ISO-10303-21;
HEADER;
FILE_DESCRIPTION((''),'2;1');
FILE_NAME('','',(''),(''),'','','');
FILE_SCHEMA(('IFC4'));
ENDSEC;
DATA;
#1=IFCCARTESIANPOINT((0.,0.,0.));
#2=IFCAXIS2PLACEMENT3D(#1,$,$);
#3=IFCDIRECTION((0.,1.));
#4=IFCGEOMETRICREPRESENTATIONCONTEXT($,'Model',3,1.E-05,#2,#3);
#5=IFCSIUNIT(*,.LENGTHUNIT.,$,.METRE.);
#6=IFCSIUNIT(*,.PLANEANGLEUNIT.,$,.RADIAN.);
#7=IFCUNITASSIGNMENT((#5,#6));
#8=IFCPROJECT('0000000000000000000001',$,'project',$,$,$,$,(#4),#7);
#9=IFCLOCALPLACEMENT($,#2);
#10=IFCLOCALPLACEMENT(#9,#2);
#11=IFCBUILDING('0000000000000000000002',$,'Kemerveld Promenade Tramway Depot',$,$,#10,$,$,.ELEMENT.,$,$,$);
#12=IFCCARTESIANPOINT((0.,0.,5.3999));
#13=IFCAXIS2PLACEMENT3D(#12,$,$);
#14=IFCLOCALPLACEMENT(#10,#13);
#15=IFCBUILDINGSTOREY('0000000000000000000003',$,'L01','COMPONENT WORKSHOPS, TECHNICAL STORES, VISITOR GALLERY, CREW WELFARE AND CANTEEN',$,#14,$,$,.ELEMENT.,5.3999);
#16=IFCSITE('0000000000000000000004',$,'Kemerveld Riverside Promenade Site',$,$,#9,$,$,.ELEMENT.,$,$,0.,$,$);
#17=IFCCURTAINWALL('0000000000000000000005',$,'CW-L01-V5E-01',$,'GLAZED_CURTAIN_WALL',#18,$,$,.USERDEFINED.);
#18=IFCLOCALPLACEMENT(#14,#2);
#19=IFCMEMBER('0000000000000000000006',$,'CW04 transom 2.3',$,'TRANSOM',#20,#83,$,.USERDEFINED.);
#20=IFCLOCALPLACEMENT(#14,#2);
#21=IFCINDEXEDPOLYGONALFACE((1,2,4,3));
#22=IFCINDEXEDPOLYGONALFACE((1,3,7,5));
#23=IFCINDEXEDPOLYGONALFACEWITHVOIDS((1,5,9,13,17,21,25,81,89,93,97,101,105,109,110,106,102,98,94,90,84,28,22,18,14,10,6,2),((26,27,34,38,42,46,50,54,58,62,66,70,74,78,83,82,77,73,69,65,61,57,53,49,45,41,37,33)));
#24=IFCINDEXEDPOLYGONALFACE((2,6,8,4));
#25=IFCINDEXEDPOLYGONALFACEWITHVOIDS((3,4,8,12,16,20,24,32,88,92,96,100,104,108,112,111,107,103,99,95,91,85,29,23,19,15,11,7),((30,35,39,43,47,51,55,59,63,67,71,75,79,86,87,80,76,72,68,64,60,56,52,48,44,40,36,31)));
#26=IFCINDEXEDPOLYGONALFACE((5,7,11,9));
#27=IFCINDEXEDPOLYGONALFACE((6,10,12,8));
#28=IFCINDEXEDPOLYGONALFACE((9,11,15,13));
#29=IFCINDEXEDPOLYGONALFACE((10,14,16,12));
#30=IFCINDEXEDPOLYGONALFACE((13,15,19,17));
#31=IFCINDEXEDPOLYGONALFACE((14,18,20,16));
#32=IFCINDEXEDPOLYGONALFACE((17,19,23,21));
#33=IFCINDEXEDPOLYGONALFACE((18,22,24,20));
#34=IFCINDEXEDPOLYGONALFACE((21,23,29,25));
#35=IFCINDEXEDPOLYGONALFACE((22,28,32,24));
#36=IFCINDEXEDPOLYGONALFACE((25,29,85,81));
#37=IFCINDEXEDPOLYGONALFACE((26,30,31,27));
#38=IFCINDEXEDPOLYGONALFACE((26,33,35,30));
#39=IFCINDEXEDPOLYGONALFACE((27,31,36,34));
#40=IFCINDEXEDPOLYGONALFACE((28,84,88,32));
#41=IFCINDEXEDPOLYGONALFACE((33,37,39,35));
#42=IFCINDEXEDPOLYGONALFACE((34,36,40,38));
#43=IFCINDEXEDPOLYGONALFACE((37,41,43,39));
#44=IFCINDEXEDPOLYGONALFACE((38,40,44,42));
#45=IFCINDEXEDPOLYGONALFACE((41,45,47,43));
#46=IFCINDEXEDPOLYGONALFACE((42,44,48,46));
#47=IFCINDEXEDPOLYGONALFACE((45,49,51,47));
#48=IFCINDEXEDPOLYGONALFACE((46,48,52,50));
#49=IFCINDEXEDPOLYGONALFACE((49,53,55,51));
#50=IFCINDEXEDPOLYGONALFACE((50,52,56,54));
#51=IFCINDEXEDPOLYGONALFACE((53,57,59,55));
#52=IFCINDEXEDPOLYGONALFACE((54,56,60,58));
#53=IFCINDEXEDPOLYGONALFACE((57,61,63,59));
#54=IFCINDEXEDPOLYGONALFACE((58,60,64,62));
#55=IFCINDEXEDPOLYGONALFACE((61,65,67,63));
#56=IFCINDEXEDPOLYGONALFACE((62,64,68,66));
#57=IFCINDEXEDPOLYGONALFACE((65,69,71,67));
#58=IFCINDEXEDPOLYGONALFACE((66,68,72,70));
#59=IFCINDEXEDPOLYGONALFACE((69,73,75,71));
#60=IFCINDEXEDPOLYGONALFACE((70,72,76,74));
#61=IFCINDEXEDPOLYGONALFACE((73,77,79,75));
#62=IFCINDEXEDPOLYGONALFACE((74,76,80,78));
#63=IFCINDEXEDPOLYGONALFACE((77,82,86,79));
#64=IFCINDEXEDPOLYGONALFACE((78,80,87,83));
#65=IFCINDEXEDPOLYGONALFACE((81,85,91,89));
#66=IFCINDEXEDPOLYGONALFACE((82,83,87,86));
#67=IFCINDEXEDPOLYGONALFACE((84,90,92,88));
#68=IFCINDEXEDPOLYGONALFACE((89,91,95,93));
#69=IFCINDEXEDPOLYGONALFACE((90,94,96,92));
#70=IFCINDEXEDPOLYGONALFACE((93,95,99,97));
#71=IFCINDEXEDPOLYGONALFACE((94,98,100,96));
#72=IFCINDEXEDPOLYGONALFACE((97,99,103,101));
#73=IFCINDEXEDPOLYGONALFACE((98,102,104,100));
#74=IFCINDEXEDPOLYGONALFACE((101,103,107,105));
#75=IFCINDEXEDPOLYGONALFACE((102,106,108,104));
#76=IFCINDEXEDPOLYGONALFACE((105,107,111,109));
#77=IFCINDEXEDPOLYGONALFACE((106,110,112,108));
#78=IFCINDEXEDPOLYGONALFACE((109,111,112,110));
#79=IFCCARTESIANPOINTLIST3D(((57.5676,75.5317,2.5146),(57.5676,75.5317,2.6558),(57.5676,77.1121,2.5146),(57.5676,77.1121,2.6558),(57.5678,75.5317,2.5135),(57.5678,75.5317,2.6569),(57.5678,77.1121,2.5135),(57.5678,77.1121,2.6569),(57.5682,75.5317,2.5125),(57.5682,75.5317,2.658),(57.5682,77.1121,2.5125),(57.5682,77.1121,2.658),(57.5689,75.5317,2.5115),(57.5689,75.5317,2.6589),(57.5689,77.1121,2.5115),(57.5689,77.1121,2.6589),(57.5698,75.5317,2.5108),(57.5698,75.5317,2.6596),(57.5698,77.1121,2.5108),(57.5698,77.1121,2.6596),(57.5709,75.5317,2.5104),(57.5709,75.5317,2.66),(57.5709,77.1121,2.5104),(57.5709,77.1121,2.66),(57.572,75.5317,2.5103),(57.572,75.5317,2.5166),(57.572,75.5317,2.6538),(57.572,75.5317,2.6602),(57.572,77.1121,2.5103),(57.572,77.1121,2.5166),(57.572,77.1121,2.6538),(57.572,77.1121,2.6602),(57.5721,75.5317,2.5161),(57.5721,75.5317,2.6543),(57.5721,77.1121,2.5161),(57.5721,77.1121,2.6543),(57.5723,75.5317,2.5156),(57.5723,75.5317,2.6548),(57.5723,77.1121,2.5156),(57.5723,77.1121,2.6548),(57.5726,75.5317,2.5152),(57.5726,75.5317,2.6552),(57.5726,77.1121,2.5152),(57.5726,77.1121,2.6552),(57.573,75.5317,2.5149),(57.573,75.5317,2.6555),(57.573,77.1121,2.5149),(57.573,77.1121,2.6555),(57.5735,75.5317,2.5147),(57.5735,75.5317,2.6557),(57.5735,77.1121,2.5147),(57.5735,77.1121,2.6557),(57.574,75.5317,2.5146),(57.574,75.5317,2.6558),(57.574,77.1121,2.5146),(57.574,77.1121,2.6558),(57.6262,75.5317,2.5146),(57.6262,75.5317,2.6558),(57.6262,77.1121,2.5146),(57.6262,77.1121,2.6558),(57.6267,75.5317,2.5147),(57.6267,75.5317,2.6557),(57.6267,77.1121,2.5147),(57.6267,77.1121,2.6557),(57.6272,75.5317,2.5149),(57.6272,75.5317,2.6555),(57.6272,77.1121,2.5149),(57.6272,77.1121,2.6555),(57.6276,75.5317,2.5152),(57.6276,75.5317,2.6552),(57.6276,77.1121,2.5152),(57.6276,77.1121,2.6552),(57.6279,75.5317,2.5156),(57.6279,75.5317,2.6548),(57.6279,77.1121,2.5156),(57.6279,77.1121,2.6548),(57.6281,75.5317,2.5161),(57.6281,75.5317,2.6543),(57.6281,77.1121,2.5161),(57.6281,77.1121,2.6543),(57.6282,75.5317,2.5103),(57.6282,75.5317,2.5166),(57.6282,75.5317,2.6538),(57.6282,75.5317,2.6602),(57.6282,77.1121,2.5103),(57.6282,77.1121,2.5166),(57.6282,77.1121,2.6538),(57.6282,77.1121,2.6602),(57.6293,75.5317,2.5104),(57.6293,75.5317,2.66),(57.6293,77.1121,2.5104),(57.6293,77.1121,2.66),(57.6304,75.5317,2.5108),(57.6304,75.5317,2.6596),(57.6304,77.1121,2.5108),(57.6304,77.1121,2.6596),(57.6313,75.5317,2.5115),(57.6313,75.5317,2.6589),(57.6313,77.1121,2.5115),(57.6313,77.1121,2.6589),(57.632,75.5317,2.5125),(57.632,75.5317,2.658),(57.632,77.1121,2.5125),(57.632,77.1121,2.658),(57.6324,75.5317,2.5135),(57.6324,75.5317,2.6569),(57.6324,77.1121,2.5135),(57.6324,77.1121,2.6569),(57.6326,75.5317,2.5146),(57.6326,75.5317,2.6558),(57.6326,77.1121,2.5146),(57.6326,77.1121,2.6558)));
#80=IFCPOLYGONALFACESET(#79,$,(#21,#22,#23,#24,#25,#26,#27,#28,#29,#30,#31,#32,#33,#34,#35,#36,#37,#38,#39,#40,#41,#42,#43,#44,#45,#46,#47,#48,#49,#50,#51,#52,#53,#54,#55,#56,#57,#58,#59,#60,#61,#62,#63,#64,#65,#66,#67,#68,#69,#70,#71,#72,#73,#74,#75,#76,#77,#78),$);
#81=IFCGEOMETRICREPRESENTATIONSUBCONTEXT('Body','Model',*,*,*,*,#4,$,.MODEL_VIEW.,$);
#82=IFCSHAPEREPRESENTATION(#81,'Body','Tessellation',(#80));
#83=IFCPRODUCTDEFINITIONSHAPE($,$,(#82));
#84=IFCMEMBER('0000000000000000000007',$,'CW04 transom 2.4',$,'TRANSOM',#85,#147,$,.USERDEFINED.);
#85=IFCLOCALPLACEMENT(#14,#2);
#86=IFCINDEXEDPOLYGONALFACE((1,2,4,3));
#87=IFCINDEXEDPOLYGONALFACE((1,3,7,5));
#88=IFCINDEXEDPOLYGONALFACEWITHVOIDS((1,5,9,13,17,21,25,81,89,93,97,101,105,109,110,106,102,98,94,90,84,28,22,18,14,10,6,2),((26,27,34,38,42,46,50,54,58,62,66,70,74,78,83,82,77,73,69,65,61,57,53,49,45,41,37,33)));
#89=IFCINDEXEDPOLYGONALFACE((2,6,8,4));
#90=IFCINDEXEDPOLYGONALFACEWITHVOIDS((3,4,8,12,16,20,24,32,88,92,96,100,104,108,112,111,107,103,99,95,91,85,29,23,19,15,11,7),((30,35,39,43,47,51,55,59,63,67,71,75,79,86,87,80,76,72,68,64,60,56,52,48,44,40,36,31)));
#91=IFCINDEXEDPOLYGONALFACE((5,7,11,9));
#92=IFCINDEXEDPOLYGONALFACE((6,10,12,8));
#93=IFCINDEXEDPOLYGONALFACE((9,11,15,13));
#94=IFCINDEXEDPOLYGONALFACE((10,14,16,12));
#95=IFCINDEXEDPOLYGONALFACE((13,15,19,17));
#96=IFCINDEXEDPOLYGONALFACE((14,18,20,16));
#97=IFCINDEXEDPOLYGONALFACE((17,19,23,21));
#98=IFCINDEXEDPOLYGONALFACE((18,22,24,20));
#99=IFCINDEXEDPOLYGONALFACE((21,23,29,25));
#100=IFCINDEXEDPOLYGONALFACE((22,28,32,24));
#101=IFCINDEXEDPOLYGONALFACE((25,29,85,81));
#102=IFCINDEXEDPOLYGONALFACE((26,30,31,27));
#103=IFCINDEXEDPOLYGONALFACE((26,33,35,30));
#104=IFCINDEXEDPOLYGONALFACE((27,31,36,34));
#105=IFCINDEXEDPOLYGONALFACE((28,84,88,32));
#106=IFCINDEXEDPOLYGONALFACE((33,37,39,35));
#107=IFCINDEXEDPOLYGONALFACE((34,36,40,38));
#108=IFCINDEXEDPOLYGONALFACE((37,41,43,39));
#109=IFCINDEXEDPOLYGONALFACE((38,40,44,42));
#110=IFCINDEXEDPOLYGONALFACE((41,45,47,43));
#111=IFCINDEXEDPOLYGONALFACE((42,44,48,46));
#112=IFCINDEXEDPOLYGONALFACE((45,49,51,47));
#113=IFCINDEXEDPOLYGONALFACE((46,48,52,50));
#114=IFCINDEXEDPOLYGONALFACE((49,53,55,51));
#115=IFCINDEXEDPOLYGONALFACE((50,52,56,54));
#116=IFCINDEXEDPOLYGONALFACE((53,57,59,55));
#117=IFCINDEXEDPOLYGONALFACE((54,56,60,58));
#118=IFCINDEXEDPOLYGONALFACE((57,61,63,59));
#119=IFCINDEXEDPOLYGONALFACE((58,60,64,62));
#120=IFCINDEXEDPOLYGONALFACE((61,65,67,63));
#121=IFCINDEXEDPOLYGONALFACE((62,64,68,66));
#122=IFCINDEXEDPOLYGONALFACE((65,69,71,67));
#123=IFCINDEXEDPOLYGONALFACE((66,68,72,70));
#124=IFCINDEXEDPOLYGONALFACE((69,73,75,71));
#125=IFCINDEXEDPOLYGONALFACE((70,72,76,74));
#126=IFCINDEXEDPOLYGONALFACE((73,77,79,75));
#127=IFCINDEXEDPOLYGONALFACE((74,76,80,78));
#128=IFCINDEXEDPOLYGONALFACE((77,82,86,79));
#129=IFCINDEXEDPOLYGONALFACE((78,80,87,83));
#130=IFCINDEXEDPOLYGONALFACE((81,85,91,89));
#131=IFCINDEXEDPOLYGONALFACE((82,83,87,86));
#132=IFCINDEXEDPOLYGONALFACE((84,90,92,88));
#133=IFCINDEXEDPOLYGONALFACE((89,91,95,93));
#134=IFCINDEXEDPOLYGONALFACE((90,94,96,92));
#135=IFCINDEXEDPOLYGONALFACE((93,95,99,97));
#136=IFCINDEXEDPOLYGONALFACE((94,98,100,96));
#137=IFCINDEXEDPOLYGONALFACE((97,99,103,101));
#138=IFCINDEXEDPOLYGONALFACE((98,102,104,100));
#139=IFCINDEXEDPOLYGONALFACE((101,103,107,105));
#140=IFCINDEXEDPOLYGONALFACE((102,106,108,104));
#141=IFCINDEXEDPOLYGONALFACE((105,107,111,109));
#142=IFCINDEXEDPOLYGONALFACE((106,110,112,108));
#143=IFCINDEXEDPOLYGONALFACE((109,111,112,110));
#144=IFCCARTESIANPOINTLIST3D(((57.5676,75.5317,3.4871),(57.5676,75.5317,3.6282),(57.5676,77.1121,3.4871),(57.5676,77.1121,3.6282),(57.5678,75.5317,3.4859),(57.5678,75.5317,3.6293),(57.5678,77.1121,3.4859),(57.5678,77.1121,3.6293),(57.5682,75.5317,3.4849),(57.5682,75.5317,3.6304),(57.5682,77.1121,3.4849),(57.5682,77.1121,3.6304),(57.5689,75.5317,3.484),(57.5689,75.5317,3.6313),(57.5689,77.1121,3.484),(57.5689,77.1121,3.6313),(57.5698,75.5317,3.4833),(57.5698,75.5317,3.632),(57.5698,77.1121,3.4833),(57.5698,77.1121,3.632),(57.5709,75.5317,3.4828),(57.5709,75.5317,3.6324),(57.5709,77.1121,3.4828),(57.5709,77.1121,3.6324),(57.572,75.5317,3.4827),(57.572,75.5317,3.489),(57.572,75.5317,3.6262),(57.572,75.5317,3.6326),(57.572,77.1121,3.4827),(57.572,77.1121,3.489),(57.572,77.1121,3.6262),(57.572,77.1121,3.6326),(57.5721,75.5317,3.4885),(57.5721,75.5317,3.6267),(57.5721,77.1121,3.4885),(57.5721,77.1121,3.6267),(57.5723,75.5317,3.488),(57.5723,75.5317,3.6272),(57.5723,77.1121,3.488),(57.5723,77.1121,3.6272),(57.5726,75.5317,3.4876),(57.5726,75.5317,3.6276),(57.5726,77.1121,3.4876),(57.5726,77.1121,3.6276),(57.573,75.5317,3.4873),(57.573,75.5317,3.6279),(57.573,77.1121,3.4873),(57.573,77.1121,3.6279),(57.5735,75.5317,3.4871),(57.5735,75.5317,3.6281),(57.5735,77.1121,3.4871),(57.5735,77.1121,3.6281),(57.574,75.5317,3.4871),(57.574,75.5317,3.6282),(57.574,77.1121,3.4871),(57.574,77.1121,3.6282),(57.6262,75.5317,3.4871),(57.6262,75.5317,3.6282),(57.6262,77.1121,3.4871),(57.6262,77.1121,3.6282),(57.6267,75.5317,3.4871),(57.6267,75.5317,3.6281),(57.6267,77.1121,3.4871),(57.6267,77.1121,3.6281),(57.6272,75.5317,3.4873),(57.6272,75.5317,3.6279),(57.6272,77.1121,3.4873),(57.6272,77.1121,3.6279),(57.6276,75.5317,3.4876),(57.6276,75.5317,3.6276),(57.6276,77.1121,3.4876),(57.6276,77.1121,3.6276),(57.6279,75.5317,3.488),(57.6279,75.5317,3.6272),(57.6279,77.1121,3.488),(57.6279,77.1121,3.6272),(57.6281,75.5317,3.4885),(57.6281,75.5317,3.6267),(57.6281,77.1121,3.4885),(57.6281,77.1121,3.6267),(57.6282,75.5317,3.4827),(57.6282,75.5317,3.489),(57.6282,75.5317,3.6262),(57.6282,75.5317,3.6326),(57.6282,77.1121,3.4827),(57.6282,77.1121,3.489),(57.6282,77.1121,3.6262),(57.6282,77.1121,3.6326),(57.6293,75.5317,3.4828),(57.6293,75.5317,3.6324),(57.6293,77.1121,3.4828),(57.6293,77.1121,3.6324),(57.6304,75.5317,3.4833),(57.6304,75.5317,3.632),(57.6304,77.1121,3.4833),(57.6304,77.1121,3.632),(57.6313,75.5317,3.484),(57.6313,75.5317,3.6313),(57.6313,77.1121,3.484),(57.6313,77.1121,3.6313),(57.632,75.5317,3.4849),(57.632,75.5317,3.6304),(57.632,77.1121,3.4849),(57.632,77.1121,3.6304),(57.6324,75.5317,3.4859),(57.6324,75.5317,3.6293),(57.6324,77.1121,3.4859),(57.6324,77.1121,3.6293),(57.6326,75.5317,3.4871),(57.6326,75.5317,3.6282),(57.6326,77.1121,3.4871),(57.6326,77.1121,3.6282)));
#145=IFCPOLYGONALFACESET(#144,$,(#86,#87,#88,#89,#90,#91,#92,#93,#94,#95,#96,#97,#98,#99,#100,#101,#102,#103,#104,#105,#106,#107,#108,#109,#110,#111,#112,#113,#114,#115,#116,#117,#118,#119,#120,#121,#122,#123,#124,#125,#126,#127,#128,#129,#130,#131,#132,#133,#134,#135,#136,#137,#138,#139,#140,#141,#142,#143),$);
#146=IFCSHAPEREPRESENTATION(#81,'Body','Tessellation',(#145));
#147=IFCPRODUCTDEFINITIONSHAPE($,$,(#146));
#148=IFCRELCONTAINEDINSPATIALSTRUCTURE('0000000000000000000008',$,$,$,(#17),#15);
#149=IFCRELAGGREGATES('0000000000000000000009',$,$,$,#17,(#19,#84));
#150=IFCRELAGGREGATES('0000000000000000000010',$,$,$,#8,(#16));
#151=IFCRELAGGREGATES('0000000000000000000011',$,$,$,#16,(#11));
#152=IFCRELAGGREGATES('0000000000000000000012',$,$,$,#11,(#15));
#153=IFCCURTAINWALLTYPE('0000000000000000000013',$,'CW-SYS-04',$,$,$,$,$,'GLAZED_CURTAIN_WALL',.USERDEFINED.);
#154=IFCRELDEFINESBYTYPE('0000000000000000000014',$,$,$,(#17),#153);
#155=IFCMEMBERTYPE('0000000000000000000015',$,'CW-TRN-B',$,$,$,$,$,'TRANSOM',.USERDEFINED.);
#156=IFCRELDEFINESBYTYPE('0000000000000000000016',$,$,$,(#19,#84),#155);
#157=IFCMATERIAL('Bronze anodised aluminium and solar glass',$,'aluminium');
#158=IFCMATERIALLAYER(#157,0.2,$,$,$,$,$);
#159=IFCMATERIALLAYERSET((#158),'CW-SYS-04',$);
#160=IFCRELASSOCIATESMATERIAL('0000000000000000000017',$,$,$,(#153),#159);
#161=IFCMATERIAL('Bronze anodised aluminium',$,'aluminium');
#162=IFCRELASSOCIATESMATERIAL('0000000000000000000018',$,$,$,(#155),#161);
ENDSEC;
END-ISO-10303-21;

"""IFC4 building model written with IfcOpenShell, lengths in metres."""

from ifc_helpers import new_model, si_unit, direction, frame, origin, origin_2d, place, context, subcontext, project, spatial, hollow_rectangle, extrude, material, layer, layer_set, material_profile, profile_set, type_object, element, aggregate, save


model = new_model("IFC4")

# Units and contexts
model_context = context("Model", 3, precision=1e-05, world=origin(), true_north=direction((0.0, 1.0)))
body_context = subcontext(model_context, "Body", "Model", "MODEL_VIEW")
ifc_project = project(units=[si_unit("LENGTHUNIT", "METRE"), si_unit("PLANEANGLEUNIT", "RADIAN")], contexts=[model_context])

# Site, building, storey
site_placement = place(None, origin())
site = spatial("IfcSite", under=ifc_project, at=site_placement, Name="Kemerveld Riverside Promenade Site", CompositionType="ELEMENT", RefElevation=0.0)
building_placement = place(site_placement, origin())
building = spatial("IfcBuilding", under=site, at=building_placement, Name="Kemerveld Promenade Tramway Depot", CompositionType="ELEMENT")
storey_placement = place(building_placement, frame((0.0, 0.0, 5.3999)))
storey = spatial("IfcBuildingStorey", under=building, at=storey_placement, Name="L01", Description="COMPONENT WORKSHOPS, TECHNICAL STORES, VISITOR GALLERY, CREW WELFARE AND CANTEEN", CompositionType="ELEMENT", Elevation=5.3999)

# Curtain wall, members
ifc_material_1 = material(Name="Bronze anodised aluminium and solar glass", Category="aluminium")
ifc_layer_1 = layer(ifc_material_1, 0.2)
ifc_layer_set_1 = layer_set([ifc_layer_1], Name="CW-SYS-04")
curtain_wall_type = type_object("IfcCurtainWallType", Name="CW-SYS-04", ElementType="GLAZED_CURTAIN_WALL", PredefinedType="USERDEFINED", material=ifc_layer_set_1)
curtain_wall_placement = place(storey_placement, origin())
curtain_wall = element("IfcCurtainWall", 1, at=curtain_wall_placement, inside=storey, type_object=curtain_wall_type, Name="CW-L01-V5E-01", ObjectType="GLAZED_CURTAIN_WALL", PredefinedType="USERDEFINED")
ifc_material_2 = material(Name="Bronze anodised aluminium", Category="aluminium")
ifc_material_profile_1 = material_profile(ifc_material_2, hollow_rectangle(XDim=0.0649, YDim=0.1499, WallThickness=0.0044, InnerFilletRadius=0.002, OuterFilletRadius=0.0044, at=origin_2d()), Name="CW-TRN-150x65")
ifc_profile_set_1 = profile_set([ifc_material_profile_1], Name="Bronze anodised aluminium")
member_type_1 = type_object("IfcMemberType", Name="CW-TRN-B", ElementType="TRANSOM", PredefinedType="USERDEFINED", material=ifc_profile_set_1)
member_1_placement = place(storey_placement, frame((57.6001, 77.1121, 2.5852), z_axis=(0.0, -1.0, 0.0), x_axis=(1.0, 0.0, 0.0)))
member_1 = element("IfcMember", 2, at=member_1_placement, type_object=member_type_1, Name="CW04 transom 2.3", ObjectType="TRANSOM", PredefinedType="USERDEFINED", context=body_context, shape_type="SweptSolid", body=[
    extrude(hollow_rectangle(XDim=0.0649, YDim=0.1499, WallThickness=0.0044, InnerFilletRadius=0.002, OuterFilletRadius=0.0044, at=origin_2d()), origin(), (0.0, 0.0, 1.0), 1.5803),
])
member_2_placement = place(storey_placement, frame((57.6001, 77.1121, 3.5576), z_axis=(0.0, -1.0, 0.0), x_axis=(1.0, 0.0, 0.0)))
member_2 = element("IfcMember", 3, at=member_2_placement, type_object=member_type_1, Name="CW04 transom 2.4", ObjectType="TRANSOM", PredefinedType="USERDEFINED", context=body_context, shape_type="SweptSolid", body=[
    extrude(hollow_rectangle(XDim=0.0649, YDim=0.1499, WallThickness=0.0044, InnerFilletRadius=0.002, OuterFilletRadius=0.0044, at=origin_2d()), origin(), (0.0, 0.0, 1.0), 1.5803),
])
aggregate(curtain_wall, [member_1, member_2])

save(model, "model.ifc")
